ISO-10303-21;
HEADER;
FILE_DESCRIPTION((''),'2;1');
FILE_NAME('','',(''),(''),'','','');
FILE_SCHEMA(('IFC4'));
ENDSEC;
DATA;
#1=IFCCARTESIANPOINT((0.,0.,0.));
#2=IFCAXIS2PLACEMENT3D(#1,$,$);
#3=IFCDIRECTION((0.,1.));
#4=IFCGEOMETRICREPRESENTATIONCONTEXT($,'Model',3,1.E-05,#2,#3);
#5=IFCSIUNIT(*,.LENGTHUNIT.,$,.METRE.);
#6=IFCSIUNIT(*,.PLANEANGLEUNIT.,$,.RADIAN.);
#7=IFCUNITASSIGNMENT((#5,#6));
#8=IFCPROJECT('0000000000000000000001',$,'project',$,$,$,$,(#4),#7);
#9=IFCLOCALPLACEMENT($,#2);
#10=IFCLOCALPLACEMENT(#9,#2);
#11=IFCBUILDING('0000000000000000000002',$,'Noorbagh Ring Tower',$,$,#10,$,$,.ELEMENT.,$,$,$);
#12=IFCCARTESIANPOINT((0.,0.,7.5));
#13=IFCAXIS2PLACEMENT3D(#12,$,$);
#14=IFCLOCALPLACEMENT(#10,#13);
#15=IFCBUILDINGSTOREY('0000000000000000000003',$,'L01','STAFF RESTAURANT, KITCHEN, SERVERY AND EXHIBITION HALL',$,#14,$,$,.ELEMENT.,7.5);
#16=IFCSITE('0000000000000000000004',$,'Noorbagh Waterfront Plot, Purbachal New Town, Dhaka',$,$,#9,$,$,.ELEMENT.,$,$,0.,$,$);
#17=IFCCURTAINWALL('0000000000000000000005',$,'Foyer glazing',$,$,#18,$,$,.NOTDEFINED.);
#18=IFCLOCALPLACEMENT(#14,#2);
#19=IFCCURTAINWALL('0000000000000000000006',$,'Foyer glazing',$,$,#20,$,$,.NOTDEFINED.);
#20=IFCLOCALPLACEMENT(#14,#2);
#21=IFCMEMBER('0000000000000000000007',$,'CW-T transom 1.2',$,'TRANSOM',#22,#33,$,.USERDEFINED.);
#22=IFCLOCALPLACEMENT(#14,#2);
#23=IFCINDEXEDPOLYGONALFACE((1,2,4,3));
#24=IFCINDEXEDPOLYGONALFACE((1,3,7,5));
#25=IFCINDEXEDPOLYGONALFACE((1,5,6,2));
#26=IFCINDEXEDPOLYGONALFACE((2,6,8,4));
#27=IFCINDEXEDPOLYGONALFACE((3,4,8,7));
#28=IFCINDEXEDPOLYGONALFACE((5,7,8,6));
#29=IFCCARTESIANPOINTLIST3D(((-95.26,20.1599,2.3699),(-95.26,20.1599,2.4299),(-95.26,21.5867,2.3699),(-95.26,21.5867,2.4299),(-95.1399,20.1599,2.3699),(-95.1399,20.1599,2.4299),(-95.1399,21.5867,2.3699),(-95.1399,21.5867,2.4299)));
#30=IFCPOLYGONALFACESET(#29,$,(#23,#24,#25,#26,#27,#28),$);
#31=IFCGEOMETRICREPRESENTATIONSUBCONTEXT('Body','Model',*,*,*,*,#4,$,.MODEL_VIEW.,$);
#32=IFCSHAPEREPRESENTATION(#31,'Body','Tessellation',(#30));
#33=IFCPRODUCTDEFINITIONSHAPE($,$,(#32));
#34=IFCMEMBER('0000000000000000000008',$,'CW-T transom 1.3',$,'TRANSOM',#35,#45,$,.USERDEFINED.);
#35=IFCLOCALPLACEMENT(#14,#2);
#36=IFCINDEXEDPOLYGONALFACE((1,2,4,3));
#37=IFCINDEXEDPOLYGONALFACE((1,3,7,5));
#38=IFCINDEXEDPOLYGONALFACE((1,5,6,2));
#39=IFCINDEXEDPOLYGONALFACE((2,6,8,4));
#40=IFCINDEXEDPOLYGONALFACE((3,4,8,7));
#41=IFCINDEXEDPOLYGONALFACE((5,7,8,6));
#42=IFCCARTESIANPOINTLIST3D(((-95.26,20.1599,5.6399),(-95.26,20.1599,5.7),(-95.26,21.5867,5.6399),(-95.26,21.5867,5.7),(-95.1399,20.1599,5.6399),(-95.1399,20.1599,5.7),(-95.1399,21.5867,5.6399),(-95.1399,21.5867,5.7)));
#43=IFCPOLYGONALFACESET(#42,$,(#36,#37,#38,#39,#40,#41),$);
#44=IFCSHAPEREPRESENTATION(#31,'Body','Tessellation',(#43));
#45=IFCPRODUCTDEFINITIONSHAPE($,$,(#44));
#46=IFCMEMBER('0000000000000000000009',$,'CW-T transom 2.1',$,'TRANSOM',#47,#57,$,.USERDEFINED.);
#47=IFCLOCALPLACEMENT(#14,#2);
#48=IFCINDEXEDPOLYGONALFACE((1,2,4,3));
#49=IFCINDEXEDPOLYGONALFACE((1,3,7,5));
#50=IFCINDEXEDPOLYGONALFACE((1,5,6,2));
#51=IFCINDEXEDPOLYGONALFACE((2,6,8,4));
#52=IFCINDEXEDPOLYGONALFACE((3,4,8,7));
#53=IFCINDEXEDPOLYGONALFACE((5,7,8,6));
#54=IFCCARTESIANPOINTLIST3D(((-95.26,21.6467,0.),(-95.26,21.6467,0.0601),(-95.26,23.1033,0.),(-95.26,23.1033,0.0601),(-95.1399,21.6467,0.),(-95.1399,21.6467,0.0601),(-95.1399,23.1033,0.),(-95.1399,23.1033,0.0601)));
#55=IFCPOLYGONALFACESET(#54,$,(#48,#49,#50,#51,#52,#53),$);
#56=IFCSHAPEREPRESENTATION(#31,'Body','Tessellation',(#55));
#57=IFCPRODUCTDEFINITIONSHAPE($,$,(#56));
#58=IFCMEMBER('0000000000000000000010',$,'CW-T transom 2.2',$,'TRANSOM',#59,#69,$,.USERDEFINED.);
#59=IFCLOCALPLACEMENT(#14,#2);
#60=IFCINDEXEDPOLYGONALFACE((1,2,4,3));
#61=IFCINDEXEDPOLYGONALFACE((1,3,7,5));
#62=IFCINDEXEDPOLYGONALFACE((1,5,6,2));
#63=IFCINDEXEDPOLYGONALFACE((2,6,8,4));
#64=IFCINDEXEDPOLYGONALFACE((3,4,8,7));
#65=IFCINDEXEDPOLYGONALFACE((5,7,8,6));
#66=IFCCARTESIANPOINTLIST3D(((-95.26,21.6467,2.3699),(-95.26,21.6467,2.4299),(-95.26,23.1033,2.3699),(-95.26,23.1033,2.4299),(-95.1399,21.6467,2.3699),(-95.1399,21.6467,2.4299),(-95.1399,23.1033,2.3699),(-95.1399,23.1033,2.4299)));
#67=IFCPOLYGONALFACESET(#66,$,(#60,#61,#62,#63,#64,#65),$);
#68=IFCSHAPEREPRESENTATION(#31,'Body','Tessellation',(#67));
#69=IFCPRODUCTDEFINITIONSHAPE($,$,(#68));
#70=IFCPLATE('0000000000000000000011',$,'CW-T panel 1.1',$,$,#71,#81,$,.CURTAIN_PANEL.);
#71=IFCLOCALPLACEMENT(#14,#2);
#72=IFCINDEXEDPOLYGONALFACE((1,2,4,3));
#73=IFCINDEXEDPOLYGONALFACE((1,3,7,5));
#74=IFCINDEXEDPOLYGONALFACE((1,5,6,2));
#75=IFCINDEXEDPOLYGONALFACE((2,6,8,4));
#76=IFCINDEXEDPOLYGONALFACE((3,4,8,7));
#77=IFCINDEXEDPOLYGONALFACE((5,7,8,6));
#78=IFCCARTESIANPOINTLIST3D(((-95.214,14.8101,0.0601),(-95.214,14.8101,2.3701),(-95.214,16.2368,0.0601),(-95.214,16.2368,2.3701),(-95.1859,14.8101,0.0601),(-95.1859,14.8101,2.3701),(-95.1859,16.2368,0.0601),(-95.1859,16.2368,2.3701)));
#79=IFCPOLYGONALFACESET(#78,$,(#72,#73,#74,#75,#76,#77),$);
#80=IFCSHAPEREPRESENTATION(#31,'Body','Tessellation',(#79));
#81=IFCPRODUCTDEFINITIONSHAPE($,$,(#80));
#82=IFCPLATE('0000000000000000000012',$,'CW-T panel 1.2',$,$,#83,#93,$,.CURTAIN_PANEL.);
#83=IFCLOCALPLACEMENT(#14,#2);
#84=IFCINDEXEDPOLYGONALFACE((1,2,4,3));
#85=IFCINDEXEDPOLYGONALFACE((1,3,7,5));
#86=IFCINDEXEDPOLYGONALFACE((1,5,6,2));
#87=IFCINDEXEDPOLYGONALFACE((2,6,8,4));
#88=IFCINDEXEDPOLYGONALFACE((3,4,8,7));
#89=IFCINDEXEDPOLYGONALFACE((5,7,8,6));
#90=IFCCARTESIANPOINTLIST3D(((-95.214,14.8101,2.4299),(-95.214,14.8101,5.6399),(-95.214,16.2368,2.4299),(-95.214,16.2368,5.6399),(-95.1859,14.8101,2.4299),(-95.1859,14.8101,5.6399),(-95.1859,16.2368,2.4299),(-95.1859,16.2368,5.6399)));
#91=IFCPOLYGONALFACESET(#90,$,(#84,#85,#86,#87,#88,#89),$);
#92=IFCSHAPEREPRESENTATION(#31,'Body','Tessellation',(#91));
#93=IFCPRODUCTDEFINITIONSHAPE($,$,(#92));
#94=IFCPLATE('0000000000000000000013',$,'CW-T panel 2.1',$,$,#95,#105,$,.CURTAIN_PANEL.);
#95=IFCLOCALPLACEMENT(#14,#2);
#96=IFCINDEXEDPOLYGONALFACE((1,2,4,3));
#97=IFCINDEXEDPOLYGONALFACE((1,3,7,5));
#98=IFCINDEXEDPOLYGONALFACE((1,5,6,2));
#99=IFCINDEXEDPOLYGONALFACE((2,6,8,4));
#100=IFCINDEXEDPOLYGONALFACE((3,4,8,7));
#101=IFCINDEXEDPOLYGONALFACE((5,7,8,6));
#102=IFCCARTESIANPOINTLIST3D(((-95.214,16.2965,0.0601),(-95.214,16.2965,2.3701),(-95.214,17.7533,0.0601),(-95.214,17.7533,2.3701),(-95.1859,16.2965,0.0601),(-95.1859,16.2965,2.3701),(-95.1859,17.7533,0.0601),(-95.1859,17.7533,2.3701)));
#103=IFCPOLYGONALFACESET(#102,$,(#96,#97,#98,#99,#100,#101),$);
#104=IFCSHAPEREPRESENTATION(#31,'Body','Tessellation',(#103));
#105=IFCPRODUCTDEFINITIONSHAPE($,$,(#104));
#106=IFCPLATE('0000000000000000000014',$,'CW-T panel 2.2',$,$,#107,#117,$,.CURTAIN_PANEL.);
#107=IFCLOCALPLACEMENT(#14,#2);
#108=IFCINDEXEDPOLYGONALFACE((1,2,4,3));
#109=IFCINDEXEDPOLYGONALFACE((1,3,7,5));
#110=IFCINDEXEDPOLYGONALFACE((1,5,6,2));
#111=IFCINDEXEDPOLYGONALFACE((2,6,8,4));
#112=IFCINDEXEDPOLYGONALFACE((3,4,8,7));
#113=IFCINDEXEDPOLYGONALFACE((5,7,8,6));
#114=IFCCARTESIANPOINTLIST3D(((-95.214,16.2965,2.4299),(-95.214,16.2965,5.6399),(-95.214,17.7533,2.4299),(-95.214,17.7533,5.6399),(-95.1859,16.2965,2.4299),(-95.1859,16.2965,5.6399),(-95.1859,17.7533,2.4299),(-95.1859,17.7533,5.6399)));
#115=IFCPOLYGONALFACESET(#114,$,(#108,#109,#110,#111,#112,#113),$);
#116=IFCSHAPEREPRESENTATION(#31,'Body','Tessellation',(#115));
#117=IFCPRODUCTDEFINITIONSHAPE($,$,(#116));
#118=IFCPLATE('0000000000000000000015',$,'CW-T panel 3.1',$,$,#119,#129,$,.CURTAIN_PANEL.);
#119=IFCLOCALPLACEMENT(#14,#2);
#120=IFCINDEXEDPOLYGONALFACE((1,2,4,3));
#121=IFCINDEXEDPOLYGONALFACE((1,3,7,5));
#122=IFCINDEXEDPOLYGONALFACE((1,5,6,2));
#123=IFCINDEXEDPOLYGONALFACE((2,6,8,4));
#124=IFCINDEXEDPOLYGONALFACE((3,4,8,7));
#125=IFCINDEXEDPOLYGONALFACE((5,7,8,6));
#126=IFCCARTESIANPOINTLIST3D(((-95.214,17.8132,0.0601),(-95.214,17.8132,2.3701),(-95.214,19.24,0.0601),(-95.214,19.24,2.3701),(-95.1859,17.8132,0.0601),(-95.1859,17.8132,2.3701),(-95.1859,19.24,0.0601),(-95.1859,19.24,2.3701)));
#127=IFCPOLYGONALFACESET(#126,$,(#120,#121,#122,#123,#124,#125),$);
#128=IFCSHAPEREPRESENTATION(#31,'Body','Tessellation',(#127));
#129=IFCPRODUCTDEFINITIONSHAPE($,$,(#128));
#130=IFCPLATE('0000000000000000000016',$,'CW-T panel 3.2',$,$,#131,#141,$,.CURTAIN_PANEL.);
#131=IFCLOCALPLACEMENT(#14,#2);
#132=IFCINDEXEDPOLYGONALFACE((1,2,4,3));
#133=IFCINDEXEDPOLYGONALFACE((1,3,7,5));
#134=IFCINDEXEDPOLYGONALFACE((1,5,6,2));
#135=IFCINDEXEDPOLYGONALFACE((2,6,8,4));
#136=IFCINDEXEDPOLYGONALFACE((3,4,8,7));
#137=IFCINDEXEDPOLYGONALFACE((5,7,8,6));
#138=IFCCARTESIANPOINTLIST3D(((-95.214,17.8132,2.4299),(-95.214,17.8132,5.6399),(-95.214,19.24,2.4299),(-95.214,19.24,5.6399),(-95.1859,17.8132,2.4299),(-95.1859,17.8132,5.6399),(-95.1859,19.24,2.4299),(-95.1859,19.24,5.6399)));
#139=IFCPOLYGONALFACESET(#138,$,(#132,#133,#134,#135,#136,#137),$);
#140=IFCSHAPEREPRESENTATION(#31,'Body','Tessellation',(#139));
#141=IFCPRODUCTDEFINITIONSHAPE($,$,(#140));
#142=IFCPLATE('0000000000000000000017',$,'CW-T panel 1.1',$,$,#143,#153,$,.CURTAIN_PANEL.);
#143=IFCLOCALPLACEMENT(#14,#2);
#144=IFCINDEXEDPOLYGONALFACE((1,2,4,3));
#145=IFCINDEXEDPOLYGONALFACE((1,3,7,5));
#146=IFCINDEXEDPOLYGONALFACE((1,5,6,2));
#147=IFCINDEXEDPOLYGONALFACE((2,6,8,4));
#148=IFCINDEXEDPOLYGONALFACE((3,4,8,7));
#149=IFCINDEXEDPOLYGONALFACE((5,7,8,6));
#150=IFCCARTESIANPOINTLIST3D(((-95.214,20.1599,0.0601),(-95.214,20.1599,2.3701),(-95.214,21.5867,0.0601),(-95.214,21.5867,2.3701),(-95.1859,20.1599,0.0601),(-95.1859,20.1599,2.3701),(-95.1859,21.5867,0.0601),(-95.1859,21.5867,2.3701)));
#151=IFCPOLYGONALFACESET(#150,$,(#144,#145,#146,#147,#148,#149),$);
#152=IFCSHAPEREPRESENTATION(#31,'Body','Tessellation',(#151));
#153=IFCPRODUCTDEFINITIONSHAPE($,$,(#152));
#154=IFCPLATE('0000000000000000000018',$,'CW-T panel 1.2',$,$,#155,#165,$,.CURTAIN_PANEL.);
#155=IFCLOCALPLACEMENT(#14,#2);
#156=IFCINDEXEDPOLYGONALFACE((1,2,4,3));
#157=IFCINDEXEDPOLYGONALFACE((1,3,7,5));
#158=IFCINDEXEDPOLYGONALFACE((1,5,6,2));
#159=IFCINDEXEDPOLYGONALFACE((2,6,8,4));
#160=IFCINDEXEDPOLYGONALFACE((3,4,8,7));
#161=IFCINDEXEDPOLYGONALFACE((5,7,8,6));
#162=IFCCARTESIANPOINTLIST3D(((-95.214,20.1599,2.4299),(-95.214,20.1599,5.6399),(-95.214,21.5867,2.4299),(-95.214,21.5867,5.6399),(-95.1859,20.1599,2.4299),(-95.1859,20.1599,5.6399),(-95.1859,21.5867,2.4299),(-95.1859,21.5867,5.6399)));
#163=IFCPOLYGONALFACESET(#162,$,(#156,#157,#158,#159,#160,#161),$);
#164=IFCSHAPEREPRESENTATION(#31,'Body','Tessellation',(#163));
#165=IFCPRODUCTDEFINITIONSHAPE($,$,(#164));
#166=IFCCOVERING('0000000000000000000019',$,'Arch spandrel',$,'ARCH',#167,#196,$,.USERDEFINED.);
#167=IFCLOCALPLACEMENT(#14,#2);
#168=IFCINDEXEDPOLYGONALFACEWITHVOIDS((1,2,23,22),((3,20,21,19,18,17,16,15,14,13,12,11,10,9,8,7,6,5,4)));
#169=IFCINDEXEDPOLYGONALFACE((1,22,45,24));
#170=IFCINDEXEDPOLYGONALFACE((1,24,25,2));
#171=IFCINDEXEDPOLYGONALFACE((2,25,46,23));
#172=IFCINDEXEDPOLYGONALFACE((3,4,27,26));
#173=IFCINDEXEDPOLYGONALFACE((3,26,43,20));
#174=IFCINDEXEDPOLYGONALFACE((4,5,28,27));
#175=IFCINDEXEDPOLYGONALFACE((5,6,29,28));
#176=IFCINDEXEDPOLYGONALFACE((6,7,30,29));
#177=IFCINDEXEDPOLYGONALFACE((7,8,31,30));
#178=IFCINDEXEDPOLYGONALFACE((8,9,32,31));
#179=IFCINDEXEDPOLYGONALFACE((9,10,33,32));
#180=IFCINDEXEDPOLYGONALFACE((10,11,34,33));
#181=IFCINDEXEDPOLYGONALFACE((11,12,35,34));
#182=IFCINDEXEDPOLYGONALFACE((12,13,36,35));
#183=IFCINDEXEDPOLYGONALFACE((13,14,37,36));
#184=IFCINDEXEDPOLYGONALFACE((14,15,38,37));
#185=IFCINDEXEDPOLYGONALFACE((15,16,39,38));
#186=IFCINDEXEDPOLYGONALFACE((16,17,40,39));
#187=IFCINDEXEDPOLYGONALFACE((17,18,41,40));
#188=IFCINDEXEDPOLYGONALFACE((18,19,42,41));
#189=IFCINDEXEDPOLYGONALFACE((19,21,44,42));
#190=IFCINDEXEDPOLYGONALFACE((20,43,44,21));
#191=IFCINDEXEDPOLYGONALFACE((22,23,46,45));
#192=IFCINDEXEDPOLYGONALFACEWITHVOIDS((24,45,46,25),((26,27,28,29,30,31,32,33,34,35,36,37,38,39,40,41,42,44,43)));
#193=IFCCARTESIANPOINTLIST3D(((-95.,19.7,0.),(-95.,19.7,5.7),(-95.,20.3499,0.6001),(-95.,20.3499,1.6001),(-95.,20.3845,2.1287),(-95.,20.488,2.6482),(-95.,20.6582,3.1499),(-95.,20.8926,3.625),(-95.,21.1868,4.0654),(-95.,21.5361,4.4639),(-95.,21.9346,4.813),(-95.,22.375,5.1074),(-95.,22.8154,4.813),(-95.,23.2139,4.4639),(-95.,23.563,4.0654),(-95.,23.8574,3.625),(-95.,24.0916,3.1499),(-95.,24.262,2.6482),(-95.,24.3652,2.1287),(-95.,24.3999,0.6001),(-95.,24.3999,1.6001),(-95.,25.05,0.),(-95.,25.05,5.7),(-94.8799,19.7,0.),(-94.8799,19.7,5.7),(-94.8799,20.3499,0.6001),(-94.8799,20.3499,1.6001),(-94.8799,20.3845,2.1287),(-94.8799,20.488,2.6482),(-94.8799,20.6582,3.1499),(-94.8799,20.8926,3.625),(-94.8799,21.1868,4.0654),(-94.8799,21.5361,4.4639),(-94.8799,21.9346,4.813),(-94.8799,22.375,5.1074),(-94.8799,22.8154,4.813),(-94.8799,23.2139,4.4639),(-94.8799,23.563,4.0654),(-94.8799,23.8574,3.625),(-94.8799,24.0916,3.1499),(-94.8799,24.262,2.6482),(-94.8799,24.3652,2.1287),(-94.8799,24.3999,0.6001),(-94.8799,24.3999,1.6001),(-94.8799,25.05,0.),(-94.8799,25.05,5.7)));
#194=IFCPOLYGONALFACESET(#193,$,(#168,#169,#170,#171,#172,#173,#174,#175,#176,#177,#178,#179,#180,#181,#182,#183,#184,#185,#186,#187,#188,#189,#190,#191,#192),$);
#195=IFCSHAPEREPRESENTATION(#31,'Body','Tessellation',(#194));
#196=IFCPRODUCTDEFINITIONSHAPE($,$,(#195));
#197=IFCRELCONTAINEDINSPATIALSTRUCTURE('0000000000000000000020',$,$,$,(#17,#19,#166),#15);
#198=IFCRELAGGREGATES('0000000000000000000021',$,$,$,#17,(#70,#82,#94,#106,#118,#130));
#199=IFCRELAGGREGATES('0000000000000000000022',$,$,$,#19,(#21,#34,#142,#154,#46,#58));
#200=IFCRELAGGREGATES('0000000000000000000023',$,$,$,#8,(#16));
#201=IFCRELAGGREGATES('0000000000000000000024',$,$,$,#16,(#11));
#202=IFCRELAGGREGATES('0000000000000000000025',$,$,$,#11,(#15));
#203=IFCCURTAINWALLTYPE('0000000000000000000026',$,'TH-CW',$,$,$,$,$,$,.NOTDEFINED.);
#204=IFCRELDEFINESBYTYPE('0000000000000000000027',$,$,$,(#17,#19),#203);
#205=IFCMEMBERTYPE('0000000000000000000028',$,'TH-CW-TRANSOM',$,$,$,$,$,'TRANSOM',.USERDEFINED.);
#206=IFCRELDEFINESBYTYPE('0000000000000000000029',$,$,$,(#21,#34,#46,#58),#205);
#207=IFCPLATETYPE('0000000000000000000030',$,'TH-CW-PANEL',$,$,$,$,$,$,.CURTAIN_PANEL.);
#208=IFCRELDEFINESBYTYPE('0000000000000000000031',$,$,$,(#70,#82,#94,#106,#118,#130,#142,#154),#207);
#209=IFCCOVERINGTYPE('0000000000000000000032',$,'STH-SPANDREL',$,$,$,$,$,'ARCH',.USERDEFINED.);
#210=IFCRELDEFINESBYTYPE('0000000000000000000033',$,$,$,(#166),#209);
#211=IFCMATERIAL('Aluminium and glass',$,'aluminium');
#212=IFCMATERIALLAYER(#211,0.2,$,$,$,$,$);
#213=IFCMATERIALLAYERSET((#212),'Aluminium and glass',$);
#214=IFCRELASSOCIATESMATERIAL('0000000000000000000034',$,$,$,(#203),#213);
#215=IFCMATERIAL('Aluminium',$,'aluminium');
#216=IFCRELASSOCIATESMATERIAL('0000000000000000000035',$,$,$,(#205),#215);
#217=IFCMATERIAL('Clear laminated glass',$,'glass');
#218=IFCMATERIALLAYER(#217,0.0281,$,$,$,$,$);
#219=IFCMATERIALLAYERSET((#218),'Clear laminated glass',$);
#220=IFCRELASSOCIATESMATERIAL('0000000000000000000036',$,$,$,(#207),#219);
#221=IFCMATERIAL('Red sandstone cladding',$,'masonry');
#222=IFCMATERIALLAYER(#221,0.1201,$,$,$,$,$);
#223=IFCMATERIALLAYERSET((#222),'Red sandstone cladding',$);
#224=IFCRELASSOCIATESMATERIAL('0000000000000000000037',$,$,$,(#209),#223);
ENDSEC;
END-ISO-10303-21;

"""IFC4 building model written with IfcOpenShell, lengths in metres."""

from ifc_helpers import new_model, si_unit, direction, frame, origin, origin_2d, place, context, subcontext, project, spatial, polyline, rectangle, outline, extrude, material, layer, layer_set, material_profile, profile_set, type_object, element, aggregate, save


model = new_model("IFC4")

# Units and contexts
model_context = context("Model", 3, precision=1e-05, world=origin(), true_north=direction((0.0, 1.0)))
body_context = subcontext(model_context, "Body", "Model", "MODEL_VIEW")
ifc_project = project(units=[si_unit("LENGTHUNIT", "METRE"), si_unit("PLANEANGLEUNIT", "RADIAN")], contexts=[model_context])

# Site, building, storey
site_placement = place(None, origin())
site = spatial("IfcSite", under=ifc_project, at=site_placement, Name="Noorbagh Waterfront Plot, Purbachal New Town, Dhaka", CompositionType="ELEMENT", RefElevation=0.0)
building_placement = place(site_placement, origin())
building = spatial("IfcBuilding", under=site, at=building_placement, Name="Noorbagh Ring Tower", CompositionType="ELEMENT")
storey_placement = place(building_placement, frame((0.0, 0.0, 7.5)))
storey = spatial("IfcBuildingStorey", under=building, at=storey_placement, Name="L01", Description="STAFF RESTAURANT, KITCHEN, SERVERY AND EXHIBITION HALL", CompositionType="ELEMENT", Elevation=7.5)

# Curtain walls
ifc_material_1 = material(Name="Aluminium and glass", Category="aluminium")
ifc_layer_1 = layer(ifc_material_1, 0.2)
ifc_layer_set_1 = layer_set([ifc_layer_1], Name="Aluminium and glass")
curtain_wall_type = type_object("IfcCurtainWallType", Name="TH-CW", PredefinedType="NOTDEFINED", material=ifc_layer_set_1)
curtain_wall_1_placement = place(storey_placement, origin())
curtain_wall_1 = element("IfcCurtainWall", 1, at=curtain_wall_1_placement, inside=storey, type_object=curtain_wall_type, Name="Foyer glazing", PredefinedType="NOTDEFINED")
curtain_wall_2_placement = place(storey_placement, origin())
curtain_wall_2 = element("IfcCurtainWall", 2, at=curtain_wall_2_placement, inside=storey, type_object=curtain_wall_type, Name="Foyer glazing", PredefinedType="NOTDEFINED")

# Members
ifc_material_2 = material(Name="Aluminium", Category="aluminium")
ifc_material_profile_1 = material_profile(ifc_material_2, rectangle(XDim=0.1201, YDim=0.0601, at=origin_2d()), Name="AL 120x60")
ifc_profile_set_1 = profile_set([ifc_material_profile_1], Name="Aluminium")
member_type_1 = type_object("IfcMemberType", Name="TH-CW-TRANSOM", ElementType="TRANSOM", PredefinedType="USERDEFINED", material=ifc_profile_set_1)
member_1_placement = place(storey_placement, frame((-95.2, 20.1599, 2.3999), z_axis=(0.0, 1.0, 0.0), x_axis=(-1.0, 0.0, 0.0)))
member_1 = element("IfcMember", 3, at=member_1_placement, type_object=member_type_1, Name="CW-T transom 1.2", ObjectType="TRANSOM", PredefinedType="USERDEFINED", context=body_context, shape_type="SweptSolid", body=[
    extrude(rectangle(XDim=0.1201, YDim=0.0601, at=origin_2d()), origin(), (0.0, 0.0, 1.0), 1.4268),
])
member_2_placement = place(storey_placement, frame((-95.2, 20.1599, 5.6699), z_axis=(0.0, 1.0, 0.0), x_axis=(-1.0, 0.0, 0.0)))
member_2 = element("IfcMember", 4, at=member_2_placement, type_object=member_type_1, Name="CW-T transom 1.3", ObjectType="TRANSOM", PredefinedType="USERDEFINED", context=body_context, shape_type="SweptSolid", body=[
    extrude(rectangle(XDim=0.1201, YDim=0.0601, at=origin_2d()), origin(), (0.0, 0.0, 1.0), 1.4268),
])
member_3_placement = place(storey_placement, frame((-95.2, 21.6467, 0.03), z_axis=(0.0, 1.0, 0.0), x_axis=(-1.0, 0.0, 0.0)))
member_3 = element("IfcMember", 5, at=member_3_placement, type_object=member_type_1, Name="CW-T transom 2.1", ObjectType="TRANSOM", PredefinedType="USERDEFINED", context=body_context, shape_type="SweptSolid", body=[
    extrude(rectangle(XDim=0.1201, YDim=0.0601, at=origin_2d()), origin(), (0.0, 0.0, 1.0), 1.4565),
])
member_4_placement = place(storey_placement, frame((-95.2, 21.6467, 2.3999), z_axis=(0.0, 1.0, 0.0), x_axis=(-1.0, 0.0, 0.0)))
member_4 = element("IfcMember", 6, at=member_4_placement, type_object=member_type_1, Name="CW-T transom 2.2", ObjectType="TRANSOM", PredefinedType="USERDEFINED", context=body_context, shape_type="SweptSolid", body=[
    extrude(rectangle(XDim=0.1201, YDim=0.0601, at=origin_2d()), origin(), (0.0, 0.0, 1.0), 1.4565),
])

# Plates
ifc_material_3 = material(Name="Clear laminated glass", Category="glass")
ifc_layer_2 = layer(ifc_material_3, 0.0281)
ifc_layer_set_2 = layer_set([ifc_layer_2], Name="Clear laminated glass")
plate_type = type_object("IfcPlateType", Name="TH-CW-PANEL", PredefinedType="CURTAIN_PANEL", material=ifc_layer_set_2)
plate_1_placement = place(storey_placement, frame((-95.2, 15.5234, 0.0601), z_axis=(0.0, 0.0, 1.0), x_axis=(0.0, 1.0, 0.0)))
plate_1 = element("IfcPlate", 7, at=plate_1_placement, type_object=plate_type, Name="CW-T panel 1.1", PredefinedType="CURTAIN_PANEL", context=body_context, shape_type="SweptSolid", body=[
    extrude(rectangle(XDim=1.4268, YDim=0.0281, at=origin_2d()), origin(), (0.0, 0.0, 1.0), 2.3101),
])
plate_2_placement = place(storey_placement, frame((-95.2, 15.5234, 2.4299), z_axis=(0.0, 0.0, 1.0), x_axis=(0.0, 1.0, 0.0)))
plate_2 = element("IfcPlate", 8, at=plate_2_placement, type_object=plate_type, Name="CW-T panel 1.2", PredefinedType="CURTAIN_PANEL", context=body_context, shape_type="SweptSolid", body=[
    extrude(rectangle(XDim=1.4268, YDim=0.0281, at=origin_2d()), origin(), (0.0, 0.0, 1.0), 3.21),
])
plate_3_placement = place(storey_placement, frame((-95.2, 17.0249, 0.0601), z_axis=(0.0, 0.0, 1.0), x_axis=(0.0, 1.0, 0.0)))
plate_3 = element("IfcPlate", 9, at=plate_3_placement, type_object=plate_type, Name="CW-T panel 2.1", PredefinedType="CURTAIN_PANEL", context=body_context, shape_type="SweptSolid", body=[
    extrude(rectangle(XDim=1.4568, YDim=0.0281, at=origin_2d()), origin(), (0.0, 0.0, 1.0), 2.3101),
])
plate_4_placement = place(storey_placement, frame((-95.2, 17.0249, 2.4299), z_axis=(0.0, 0.0, 1.0), x_axis=(0.0, 1.0, 0.0)))
plate_4 = element("IfcPlate", 10, at=plate_4_placement, type_object=plate_type, Name="CW-T panel 2.2", PredefinedType="CURTAIN_PANEL", context=body_context, shape_type="SweptSolid", body=[
    extrude(rectangle(XDim=1.4568, YDim=0.0281, at=origin_2d()), origin(), (0.0, 0.0, 1.0), 3.21),
])
plate_5_placement = place(storey_placement, frame((-95.2, 18.5266, 0.0601), z_axis=(0.0, 0.0, 1.0), x_axis=(0.0, 1.0, 0.0)))
plate_5 = element("IfcPlate", 11, at=plate_5_placement, type_object=plate_type, Name="CW-T panel 3.1", PredefinedType="CURTAIN_PANEL", context=body_context, shape_type="SweptSolid", body=[
    extrude(rectangle(XDim=1.4268, YDim=0.0281, at=origin_2d()), origin(), (0.0, 0.0, 1.0), 2.3101),
])
plate_6_placement = place(storey_placement, frame((-95.2, 18.5266, 2.4299), z_axis=(0.0, 0.0, 1.0), x_axis=(0.0, 1.0, 0.0)))
plate_6 = element("IfcPlate", 12, at=plate_6_placement, type_object=plate_type, Name="CW-T panel 3.2", PredefinedType="CURTAIN_PANEL", context=body_context, shape_type="SweptSolid", body=[
    extrude(rectangle(XDim=1.4268, YDim=0.0281, at=origin_2d()), origin(), (0.0, 0.0, 1.0), 3.21),
])
aggregate(curtain_wall_1, [plate_1, plate_2, plate_3, plate_4, plate_5, plate_6])
plate_7_placement = place(storey_placement, frame((-95.2, 20.8733, 0.0601), z_axis=(0.0, 0.0, 1.0), x_axis=(0.0, 1.0, 0.0)))
plate_7 = element("IfcPlate", 13, at=plate_7_placement, type_object=plate_type, Name="CW-T panel 1.1", PredefinedType="CURTAIN_PANEL", context=body_context, shape_type="SweptSolid", body=[
    extrude(rectangle(XDim=1.4268, YDim=0.0281, at=origin_2d()), origin(), (0.0, 0.0, 1.0), 2.3101),
])
plate_8_placement = place(storey_placement, frame((-95.2, 20.8733, 2.4299), z_axis=(0.0, 0.0, 1.0), x_axis=(0.0, 1.0, 0.0)))
plate_8 = element("IfcPlate", 14, at=plate_8_placement, type_object=plate_type, Name="CW-T panel 1.2", PredefinedType="CURTAIN_PANEL", context=body_context, shape_type="SweptSolid", body=[
    extrude(rectangle(XDim=1.4268, YDim=0.0281, at=origin_2d()), origin(), (0.0, 0.0, 1.0), 3.21),
])
aggregate(curtain_wall_2, [member_1, member_2, plate_7, plate_8, member_3, member_4])

# Covering
ifc_material_4 = material(Name="Red sandstone cladding", Category="masonry")
ifc_layer_3 = layer(ifc_material_4, 0.1201)
ifc_layer_set_3 = layer_set([ifc_layer_3], Name="Red sandstone cladding")
covering_type_1 = type_object("IfcCoveringType", Name="STH-SPANDREL", ElementType="ARCH", PredefinedType="USERDEFINED", material=ifc_layer_set_3)
covering_1_placement = place(storey_placement, frame((-94.8799, 19.7, 0.0), z_axis=(1.0, 0.0, 0.0), x_axis=(0.0, 1.0, 0.0)))
element("IfcCovering", 15, at=covering_1_placement, inside=storey, type_object=covering_type_1, Name="Arch spandrel", ObjectType="ARCH", PredefinedType="USERDEFINED", context=body_context, shape_type="SweptSolid", body=[
    extrude(outline(polyline([(0.0, 0.0), (5.3501, 0.0), (5.3501, 5.7), (0.0, 5.7), (0.0, 0.0)]), holes=[polyline([(0.6499, 0.6001), (0.6499, 1.6001), (0.6846, 2.1287), (0.7881, 2.6482), (0.9583, 3.1499), (1.1926, 3.625), (1.4868, 4.0654), (1.8362, 4.4639), (2.2346, 4.813), (2.675, 5.1074), (3.1155, 4.813), (3.5139, 4.4639), (3.863, 4.0654), (4.1575, 3.625), (4.3916, 3.1499), (4.562, 2.6482), (4.6653, 2.1287), (4.7, 1.6001), (4.7, 0.6001), (0.6499, 0.6001)])]), origin(), (0.0, 0.0, -1.0), 0.1201),
])

save(model, "model.ifc")
